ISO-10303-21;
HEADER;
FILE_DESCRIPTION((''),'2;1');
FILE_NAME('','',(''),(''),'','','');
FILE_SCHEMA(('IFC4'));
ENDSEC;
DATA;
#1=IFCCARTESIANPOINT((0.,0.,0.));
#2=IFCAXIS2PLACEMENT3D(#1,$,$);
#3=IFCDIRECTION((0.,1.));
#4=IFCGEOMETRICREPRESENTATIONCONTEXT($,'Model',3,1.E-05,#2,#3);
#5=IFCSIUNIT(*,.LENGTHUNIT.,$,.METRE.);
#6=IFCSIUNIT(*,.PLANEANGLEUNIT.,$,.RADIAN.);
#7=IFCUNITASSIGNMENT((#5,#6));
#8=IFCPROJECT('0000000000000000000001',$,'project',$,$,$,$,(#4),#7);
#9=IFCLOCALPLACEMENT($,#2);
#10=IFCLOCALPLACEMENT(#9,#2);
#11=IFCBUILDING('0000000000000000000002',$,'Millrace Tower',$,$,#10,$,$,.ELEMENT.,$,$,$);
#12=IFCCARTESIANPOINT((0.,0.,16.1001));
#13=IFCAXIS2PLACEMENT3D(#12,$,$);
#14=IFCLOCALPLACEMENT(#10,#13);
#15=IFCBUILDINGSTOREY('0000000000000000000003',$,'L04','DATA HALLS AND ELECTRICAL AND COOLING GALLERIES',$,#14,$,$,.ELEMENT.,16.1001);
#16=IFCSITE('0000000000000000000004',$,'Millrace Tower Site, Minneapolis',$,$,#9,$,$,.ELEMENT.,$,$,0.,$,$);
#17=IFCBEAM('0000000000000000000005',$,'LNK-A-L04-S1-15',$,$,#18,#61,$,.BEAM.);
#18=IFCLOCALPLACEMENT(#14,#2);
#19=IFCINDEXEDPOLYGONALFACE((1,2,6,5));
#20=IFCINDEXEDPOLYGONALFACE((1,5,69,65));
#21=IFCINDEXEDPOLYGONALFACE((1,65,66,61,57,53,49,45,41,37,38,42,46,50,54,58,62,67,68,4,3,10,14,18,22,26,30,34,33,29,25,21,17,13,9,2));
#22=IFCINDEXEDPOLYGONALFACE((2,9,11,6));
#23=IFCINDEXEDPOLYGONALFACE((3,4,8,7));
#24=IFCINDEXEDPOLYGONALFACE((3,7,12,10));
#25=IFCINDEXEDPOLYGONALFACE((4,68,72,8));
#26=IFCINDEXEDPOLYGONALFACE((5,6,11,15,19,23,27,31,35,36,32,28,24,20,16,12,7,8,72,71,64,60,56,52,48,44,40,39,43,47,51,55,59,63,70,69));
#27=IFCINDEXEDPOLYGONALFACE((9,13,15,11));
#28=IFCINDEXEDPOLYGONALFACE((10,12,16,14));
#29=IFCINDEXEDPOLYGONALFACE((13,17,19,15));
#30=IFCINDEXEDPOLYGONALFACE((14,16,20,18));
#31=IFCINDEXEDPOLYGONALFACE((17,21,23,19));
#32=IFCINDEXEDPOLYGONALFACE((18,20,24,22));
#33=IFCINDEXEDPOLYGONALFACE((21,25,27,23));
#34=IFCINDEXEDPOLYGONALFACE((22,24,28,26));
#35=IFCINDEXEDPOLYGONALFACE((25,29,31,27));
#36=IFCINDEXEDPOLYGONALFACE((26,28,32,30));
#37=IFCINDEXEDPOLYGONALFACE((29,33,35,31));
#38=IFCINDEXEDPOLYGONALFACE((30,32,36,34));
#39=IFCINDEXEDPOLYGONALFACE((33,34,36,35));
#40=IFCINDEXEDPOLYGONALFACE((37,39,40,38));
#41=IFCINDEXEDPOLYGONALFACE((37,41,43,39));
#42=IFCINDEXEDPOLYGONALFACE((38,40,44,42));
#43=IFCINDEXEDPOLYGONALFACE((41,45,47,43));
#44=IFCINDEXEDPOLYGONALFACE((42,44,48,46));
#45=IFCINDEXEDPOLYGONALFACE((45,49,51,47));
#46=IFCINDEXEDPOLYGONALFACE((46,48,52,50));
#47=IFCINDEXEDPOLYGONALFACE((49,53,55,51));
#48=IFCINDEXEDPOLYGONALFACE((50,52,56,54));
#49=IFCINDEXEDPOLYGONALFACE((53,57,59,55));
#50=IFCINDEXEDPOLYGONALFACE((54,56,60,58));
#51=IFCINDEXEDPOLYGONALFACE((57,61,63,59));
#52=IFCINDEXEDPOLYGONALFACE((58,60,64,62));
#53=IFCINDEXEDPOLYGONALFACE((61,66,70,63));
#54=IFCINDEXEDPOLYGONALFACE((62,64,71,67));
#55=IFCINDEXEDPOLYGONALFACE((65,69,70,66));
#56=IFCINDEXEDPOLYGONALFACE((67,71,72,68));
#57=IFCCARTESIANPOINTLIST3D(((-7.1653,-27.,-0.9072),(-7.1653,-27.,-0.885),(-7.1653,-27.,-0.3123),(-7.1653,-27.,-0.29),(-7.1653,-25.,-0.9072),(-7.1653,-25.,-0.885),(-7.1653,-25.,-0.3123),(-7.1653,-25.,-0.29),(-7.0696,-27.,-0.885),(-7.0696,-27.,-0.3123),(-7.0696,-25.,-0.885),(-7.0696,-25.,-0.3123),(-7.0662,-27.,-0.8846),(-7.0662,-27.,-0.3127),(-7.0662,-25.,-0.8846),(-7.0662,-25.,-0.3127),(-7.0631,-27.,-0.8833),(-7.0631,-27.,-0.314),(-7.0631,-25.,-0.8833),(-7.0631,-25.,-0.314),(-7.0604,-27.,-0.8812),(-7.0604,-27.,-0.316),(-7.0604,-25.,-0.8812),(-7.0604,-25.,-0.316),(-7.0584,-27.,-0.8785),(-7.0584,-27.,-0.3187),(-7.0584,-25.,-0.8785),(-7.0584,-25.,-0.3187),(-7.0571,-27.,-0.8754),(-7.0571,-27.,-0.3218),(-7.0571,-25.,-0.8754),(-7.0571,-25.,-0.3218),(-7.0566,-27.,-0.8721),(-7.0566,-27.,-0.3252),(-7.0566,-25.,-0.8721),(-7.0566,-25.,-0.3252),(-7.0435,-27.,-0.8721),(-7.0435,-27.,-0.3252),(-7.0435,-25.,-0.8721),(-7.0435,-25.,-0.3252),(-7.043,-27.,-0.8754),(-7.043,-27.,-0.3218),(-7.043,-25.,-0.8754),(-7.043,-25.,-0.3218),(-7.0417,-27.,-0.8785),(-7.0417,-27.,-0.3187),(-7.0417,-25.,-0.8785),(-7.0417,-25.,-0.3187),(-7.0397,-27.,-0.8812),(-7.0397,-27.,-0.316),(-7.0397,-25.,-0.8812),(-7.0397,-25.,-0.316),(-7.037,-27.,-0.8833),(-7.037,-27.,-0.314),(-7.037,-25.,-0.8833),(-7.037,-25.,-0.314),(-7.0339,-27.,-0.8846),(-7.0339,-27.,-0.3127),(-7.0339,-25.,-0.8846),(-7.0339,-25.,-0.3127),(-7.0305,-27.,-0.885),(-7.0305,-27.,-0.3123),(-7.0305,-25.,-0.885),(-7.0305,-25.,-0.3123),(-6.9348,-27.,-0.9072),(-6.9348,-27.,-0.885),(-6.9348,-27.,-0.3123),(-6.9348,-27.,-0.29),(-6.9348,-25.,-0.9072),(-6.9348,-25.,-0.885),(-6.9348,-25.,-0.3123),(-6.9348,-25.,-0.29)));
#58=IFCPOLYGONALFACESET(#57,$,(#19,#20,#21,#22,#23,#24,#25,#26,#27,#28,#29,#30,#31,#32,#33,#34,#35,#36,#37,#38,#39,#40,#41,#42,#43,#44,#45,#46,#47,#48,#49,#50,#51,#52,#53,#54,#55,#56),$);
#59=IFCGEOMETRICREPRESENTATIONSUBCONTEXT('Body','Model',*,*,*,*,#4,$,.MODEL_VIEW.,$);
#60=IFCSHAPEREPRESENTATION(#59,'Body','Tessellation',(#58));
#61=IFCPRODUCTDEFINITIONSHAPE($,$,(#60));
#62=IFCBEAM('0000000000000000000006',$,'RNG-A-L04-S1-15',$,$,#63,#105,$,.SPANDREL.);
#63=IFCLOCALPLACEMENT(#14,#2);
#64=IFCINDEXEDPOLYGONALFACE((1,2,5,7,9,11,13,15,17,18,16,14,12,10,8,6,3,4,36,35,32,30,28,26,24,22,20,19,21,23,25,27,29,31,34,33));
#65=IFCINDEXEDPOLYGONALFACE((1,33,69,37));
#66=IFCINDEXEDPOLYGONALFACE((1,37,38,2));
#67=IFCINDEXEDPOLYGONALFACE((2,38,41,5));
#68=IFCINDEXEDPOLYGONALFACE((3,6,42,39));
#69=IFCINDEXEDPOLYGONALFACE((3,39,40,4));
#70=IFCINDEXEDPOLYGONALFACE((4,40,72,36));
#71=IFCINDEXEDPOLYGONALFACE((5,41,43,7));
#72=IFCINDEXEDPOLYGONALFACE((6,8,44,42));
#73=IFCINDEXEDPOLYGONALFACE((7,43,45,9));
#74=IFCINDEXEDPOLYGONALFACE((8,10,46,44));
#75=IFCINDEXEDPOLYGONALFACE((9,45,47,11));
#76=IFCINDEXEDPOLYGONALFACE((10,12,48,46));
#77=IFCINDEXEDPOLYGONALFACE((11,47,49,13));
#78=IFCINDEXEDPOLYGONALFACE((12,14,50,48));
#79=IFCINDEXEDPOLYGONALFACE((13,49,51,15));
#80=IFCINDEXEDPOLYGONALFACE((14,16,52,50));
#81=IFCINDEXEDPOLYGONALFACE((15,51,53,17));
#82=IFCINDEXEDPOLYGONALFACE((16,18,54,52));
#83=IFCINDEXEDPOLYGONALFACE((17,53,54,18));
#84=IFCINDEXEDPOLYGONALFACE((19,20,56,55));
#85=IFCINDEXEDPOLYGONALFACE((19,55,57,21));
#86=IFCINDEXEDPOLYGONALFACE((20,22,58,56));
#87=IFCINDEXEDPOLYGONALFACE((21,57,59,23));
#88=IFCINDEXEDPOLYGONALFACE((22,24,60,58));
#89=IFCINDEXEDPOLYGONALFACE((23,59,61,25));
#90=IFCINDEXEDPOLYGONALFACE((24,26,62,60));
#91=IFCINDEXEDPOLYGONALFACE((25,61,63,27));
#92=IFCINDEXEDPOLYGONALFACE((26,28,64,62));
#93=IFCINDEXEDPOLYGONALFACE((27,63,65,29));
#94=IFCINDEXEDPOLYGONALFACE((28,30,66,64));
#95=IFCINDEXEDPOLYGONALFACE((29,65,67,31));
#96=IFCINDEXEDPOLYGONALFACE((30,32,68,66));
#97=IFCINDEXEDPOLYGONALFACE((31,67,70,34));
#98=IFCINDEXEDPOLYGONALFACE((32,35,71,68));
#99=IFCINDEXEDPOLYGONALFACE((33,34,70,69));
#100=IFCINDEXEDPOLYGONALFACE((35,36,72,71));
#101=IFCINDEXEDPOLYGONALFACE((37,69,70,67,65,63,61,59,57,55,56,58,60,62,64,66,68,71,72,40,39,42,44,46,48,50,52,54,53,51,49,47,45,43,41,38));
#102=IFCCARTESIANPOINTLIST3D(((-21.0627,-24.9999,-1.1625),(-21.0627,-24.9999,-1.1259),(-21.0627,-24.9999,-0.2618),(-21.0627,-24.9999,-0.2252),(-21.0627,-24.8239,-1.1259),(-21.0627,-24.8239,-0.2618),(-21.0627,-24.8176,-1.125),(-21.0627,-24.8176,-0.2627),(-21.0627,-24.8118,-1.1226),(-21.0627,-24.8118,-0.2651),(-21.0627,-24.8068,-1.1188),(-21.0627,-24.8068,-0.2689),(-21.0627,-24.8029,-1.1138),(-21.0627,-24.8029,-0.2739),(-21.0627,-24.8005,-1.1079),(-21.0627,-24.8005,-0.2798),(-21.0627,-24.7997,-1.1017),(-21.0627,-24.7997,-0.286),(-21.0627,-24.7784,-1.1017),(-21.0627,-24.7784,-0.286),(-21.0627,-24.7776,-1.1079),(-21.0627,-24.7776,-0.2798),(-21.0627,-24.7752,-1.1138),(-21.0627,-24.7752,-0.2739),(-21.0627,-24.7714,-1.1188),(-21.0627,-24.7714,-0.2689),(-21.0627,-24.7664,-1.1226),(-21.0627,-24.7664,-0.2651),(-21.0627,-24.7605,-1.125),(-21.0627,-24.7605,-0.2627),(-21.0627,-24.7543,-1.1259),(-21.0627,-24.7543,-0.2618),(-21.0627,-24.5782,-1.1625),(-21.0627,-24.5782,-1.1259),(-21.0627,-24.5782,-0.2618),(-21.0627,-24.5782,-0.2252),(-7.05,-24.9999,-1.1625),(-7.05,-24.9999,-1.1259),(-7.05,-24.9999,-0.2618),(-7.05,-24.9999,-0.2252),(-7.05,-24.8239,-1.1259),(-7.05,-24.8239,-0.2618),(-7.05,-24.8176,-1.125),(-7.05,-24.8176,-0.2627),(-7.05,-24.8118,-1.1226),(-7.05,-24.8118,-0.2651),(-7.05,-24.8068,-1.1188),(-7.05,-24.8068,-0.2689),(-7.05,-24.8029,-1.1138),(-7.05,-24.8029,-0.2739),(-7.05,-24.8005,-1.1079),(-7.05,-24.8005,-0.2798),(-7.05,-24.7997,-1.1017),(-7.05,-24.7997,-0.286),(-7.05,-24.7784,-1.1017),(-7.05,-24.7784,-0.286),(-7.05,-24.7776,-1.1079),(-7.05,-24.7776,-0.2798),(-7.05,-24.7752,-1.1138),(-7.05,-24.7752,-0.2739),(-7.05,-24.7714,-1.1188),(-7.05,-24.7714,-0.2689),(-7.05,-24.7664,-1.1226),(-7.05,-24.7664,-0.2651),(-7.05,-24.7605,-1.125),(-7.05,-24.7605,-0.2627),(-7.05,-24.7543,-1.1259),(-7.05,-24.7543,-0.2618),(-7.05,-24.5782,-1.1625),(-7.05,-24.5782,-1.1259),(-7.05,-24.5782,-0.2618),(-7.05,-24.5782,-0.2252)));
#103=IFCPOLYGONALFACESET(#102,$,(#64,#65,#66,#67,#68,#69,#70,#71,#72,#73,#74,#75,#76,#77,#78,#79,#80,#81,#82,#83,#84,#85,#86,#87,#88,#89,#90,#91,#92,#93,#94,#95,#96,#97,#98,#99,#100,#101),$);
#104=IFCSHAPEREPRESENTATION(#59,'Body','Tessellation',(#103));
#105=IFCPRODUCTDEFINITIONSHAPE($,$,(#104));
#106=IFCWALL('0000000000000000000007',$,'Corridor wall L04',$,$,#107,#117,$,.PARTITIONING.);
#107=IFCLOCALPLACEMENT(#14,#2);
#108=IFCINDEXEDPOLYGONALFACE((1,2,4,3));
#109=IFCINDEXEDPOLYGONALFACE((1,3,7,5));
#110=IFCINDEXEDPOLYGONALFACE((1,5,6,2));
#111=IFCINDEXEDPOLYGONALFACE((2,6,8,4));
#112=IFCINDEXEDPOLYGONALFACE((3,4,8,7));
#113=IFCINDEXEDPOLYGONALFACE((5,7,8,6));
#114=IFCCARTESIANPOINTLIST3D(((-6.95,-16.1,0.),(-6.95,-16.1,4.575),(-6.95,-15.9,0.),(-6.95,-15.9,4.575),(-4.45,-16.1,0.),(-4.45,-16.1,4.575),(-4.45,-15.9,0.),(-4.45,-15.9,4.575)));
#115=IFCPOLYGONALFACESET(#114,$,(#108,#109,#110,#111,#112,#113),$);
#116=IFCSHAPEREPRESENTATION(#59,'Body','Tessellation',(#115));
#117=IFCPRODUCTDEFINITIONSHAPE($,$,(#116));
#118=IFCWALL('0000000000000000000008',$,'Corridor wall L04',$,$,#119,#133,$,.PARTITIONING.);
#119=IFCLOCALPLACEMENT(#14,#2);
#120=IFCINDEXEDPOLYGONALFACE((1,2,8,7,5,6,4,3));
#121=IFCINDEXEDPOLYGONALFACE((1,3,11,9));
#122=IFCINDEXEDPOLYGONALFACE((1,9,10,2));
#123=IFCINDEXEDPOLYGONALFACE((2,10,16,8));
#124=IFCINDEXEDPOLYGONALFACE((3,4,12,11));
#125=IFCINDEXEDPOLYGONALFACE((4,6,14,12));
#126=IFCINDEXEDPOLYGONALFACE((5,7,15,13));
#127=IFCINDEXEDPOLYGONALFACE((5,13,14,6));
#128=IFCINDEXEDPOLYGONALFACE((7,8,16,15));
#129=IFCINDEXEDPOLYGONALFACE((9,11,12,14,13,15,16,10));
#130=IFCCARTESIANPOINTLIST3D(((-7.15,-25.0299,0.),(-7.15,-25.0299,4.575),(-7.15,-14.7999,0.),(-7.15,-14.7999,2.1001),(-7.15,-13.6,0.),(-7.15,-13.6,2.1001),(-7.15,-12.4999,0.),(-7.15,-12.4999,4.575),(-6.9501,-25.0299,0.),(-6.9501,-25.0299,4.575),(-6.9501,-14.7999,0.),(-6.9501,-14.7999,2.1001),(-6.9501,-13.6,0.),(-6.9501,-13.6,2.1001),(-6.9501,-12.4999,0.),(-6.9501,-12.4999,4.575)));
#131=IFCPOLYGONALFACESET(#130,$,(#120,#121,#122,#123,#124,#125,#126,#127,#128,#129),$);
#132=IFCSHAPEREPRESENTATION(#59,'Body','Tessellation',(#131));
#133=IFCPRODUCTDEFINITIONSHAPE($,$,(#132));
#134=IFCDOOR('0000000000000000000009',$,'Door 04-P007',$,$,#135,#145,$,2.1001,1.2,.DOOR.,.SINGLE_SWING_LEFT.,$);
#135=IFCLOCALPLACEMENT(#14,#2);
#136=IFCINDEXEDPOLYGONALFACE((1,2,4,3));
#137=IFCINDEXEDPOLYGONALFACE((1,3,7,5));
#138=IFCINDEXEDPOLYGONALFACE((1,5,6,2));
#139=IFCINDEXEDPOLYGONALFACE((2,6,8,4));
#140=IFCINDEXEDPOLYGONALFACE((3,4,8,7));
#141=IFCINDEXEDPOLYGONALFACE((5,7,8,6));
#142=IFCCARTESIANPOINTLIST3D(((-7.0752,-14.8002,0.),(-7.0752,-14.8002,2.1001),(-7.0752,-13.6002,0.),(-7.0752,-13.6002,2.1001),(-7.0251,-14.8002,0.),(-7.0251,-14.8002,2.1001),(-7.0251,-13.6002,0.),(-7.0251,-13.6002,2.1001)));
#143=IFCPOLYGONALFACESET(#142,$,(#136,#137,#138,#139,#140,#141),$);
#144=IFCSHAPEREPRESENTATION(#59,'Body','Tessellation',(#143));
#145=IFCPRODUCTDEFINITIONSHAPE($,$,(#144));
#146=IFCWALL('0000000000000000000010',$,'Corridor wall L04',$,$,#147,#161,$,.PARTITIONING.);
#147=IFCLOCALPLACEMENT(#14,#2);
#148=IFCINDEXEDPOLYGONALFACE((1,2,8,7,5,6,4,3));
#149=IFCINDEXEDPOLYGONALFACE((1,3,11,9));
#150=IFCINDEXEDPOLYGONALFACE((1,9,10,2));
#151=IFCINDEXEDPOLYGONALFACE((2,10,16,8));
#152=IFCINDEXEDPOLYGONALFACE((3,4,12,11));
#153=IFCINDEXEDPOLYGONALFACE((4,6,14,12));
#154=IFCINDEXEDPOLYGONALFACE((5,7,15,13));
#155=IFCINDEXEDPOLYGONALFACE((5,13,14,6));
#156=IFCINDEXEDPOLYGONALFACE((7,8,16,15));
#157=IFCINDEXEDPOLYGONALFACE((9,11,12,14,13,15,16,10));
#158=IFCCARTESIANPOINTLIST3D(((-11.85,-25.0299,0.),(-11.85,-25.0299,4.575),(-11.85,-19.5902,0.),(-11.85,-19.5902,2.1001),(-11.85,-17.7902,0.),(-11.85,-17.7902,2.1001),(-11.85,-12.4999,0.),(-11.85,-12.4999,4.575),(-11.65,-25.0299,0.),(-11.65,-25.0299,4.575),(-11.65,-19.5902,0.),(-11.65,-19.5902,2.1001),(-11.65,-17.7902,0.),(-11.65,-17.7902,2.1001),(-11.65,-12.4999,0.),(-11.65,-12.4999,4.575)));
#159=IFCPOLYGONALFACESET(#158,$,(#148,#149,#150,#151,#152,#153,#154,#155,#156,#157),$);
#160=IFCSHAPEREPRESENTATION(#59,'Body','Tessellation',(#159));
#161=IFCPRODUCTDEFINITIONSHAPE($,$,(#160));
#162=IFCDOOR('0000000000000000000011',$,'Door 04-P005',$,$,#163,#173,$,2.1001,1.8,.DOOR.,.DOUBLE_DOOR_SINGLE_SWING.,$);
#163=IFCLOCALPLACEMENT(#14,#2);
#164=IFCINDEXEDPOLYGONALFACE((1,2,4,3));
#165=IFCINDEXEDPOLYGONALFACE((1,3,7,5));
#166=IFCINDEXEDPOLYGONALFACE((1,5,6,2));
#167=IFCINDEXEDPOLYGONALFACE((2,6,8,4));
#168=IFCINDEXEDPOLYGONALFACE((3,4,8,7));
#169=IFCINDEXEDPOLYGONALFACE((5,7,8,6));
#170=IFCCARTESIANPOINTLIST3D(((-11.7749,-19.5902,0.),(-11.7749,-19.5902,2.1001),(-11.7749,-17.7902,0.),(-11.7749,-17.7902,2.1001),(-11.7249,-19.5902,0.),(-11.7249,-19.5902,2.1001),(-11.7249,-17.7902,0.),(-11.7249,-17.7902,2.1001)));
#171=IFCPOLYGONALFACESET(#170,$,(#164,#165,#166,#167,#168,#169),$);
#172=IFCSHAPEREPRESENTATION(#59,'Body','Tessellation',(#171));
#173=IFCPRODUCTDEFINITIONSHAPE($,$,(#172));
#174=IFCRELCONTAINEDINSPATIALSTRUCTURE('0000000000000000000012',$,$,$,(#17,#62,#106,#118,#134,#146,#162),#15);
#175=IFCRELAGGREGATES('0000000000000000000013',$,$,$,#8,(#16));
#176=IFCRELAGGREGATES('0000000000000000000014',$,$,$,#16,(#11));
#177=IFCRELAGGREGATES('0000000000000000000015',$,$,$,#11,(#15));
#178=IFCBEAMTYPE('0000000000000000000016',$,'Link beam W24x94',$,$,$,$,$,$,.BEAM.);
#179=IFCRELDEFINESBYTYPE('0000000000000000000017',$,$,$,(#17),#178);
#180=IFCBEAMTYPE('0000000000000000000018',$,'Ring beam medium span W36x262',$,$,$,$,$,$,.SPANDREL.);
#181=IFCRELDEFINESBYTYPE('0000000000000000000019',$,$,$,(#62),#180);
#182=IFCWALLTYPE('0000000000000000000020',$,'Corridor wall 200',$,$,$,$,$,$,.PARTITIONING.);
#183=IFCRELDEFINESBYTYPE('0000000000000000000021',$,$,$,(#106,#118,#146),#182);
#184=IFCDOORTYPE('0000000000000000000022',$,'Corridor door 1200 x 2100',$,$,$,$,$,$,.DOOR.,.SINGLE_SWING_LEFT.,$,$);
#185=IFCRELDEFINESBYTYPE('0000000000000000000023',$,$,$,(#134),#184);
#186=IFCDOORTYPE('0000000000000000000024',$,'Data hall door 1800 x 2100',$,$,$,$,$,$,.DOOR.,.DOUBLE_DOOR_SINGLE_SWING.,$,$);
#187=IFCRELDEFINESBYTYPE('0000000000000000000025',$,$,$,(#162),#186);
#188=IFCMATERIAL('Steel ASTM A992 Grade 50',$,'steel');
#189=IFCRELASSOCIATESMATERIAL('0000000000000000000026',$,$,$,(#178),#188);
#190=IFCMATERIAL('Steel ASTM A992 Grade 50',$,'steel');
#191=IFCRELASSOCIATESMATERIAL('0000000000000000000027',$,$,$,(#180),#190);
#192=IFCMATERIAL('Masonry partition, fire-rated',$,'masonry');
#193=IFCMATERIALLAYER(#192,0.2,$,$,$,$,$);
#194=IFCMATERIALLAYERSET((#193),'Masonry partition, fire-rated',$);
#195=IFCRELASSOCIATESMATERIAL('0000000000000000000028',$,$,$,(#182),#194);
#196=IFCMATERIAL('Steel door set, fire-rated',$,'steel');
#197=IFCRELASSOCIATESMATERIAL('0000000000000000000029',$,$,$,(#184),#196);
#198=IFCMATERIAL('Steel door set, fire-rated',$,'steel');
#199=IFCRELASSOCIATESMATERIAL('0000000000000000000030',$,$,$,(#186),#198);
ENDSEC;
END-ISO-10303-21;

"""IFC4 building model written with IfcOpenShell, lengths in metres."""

from ifc_helpers import new_model, si_unit, direction, frame, frame_2d, origin, origin_2d, place, context, subcontext, project, spatial, rectangle, i_section, extrude, material, layer, layer_set, material_profile, profile_set, type_object, element, fill, save


model = new_model("IFC4")

# Units and contexts
model_context = context("Model", 3, precision=1e-05, world=origin(), true_north=direction((0.0, 1.0)))
body_context = subcontext(model_context, "Body", "Model", "MODEL_VIEW")
ifc_project = project(units=[si_unit("LENGTHUNIT", "METRE"), si_unit("PLANEANGLEUNIT", "RADIAN")], contexts=[model_context])

# Site, building, storey
site_placement = place(None, origin())
site = spatial("IfcSite", under=ifc_project, at=site_placement, Name="Millrace Tower Site, Minneapolis", CompositionType="ELEMENT", RefElevation=0.0)
building_placement = place(site_placement, origin())
building = spatial("IfcBuilding", under=site, at=building_placement, Name="Millrace Tower", CompositionType="ELEMENT")
storey_placement = place(building_placement, frame((0.0, 0.0, 16.1001)))
storey = spatial("IfcBuildingStorey", under=building, at=storey_placement, Name="L04", Description="DATA HALLS AND ELECTRICAL AND COOLING GALLERIES", CompositionType="ELEMENT", Elevation=16.1001)

# Beams
ifc_material_1 = material(Name="Steel ASTM A992 Grade 50", Category="steel")
ifc_material_profile_1 = material_profile(ifc_material_1, i_section(OverallWidth=0.2305, OverallDepth=0.6172, WebThickness=0.0132, FlangeThickness=0.0222, FilletRadius=0.0129, at=origin_2d()))
ifc_profile_set_1 = profile_set([ifc_material_profile_1], Name="Steel ASTM A992 Grade 50")
beam_type_1 = type_object("IfcBeamType", Name="Link beam W24x94", PredefinedType="BEAM", material=ifc_profile_set_1)
beam_1_placement = place(storey_placement, frame((-7.05, -25.0, -0.5986), z_axis=(0.0, -1.0, 0.0), x_axis=(1.0, 0.0, 0.0)))
element("IfcBeam", 1, at=beam_1_placement, inside=storey, type_object=beam_type_1, Name="LNK-A-L04-S1-15", PredefinedType="BEAM", context=body_context, shape_type="SweptSolid", body=[
    extrude(i_section(OverallWidth=0.2305, OverallDepth=0.6172, WebThickness=0.0132, FlangeThickness=0.0222, FilletRadius=0.0129, at=origin_2d()), origin(), (0.0, 0.0, 1.0), 2.0),
])
ifc_material_2 = material(Name="Steel ASTM A992 Grade 50", Category="steel")
ifc_material_profile_2 = material_profile(ifc_material_2, i_section(OverallWidth=0.4216, OverallDepth=0.9373, WebThickness=0.0212, FlangeThickness=0.0366, FilletRadius=0.0242, at=origin_2d()))
ifc_profile_set_2 = profile_set([ifc_material_profile_2], Name="Steel ASTM A992 Grade 50")
beam_type_2 = type_object("IfcBeamType", Name="Ring beam medium span W36x262", PredefinedType="SPANDREL", material=ifc_profile_set_2)
beam_2_placement = place(storey_placement, frame((-7.05, -24.7891, -0.6938), z_axis=(-1.0, 0.0, 0.0), x_axis=(0.0, -1.0, 0.0)))
element("IfcBeam", 2, at=beam_2_placement, inside=storey, type_object=beam_type_2, Name="RNG-A-L04-S1-15", PredefinedType="SPANDREL", context=body_context, shape_type="SweptSolid", body=[
    extrude(i_section(OverallWidth=0.4216, OverallDepth=0.9373, WebThickness=0.0212, FlangeThickness=0.0366, FilletRadius=0.0242, at=origin_2d()), origin(), (0.0, 0.0, 1.0), 14.0127),
])

# Wall
ifc_material_3 = material(Name="Masonry partition, fire-rated", Category="masonry")
ifc_layer_1 = layer(ifc_material_3, 0.2)
ifc_layer_set_1 = layer_set([ifc_layer_1], Name="Masonry partition, fire-rated")
wall_type_1 = type_object("IfcWallType", Name="Corridor wall 200", PredefinedType="PARTITIONING", material=ifc_layer_set_1)
wall_1_placement = place(storey_placement, frame((-6.95, -16.0, 0.0), z_axis=(0.0, 0.0, 1.0), x_axis=(1.0, 0.0, 0.0)))
element("IfcWall", 3, at=wall_1_placement, inside=storey, type_object=wall_type_1, Name="Corridor wall L04", PredefinedType="PARTITIONING", context=body_context, shape_type="SweptSolid", body=[
    extrude(rectangle(XDim=2.5, YDim=0.2, at=frame_2d((1.25, 0.0))), origin(), (0.0, 0.0, 1.0), 4.575),
])

# Walls, openings, doors
wall_2_placement = place(storey_placement, frame((-7.05, -25.03, 0.0), z_axis=(0.0, 0.0, 1.0), x_axis=(0.0, 1.0, 0.0)))
wall_2 = element("IfcWall", 4, at=wall_2_placement, inside=storey, type_object=wall_type_1, Name="Corridor wall L04", PredefinedType="PARTITIONING", context=body_context, shape_type="SweptSolid", body=[
    extrude(rectangle(XDim=12.53, YDim=0.2, at=frame_2d((6.2651, 0.0))), origin(), (0.0, 0.0, 1.0), 4.575),
])
opening_1_placement = place(wall_2_placement, frame((10.23, 0.0, 0.0)))
opening_1 = element("IfcOpeningElement", 5, at=opening_1_placement, cuts=wall_2, PredefinedType="OPENING", context=body_context, shape_type="SweptSolid", body=[
    extrude(rectangle(XDim=1.2, YDim=2.1001, at=frame_2d((0.6001, 1.05))), frame((0.0, 0.1099, 0.0), z_axis=(0.0, -1.0, 0.0), x_axis=(1.0, 0.0, 0.0)), (0.0, 0.0, 1.0), 0.22),
])
ifc_material_4 = material(Name="Steel door set, fire-rated", Category="steel")
door_type_1 = type_object("IfcDoorType", Name="Corridor door 1200 x 2100", OperationType="SINGLE_SWING_LEFT", PredefinedType="DOOR", material=ifc_material_4)
door_1_placement = place(opening_1_placement, frame((1.2, 0.0, 0.0), z_axis=(0.0, 0.0, 1.0), x_axis=(-1.0, 0.0, 0.0)))
door_1 = element("IfcDoor", 6, at=door_1_placement, inside=storey, type_object=door_type_1, Name="Door 04-P007", OperationType="SINGLE_SWING_LEFT", OverallHeight=2.1001, OverallWidth=1.2, PredefinedType="DOOR", context=body_context, shape_type="SweptSolid", body=[
    extrude(rectangle(XDim=1.2, YDim=2.1001, at=frame_2d((0.6001, 1.05))), frame((0.0, 0.0249, 0.0), z_axis=(0.0, -1.0, 0.0), x_axis=(1.0, 0.0, 0.0)), (0.0, 0.0, 1.0), 0.05),
])
fill(opening_1, door_1)
wall_3_placement = place(storey_placement, frame((-11.75, -25.03, 0.0), z_axis=(0.0, 0.0, 1.0), x_axis=(0.0, 1.0, 0.0)))
wall_3 = element("IfcWall", 7, at=wall_3_placement, inside=storey, type_object=wall_type_1, Name="Corridor wall L04", PredefinedType="PARTITIONING", context=body_context, shape_type="SweptSolid", body=[
    extrude(rectangle(XDim=12.53, YDim=0.2, at=frame_2d((6.2651, 0.0))), origin(), (0.0, 0.0, 1.0), 4.575),
])
opening_2_placement = place(wall_3_placement, frame((5.4399, 0.0, 0.0)))
opening_2 = element("IfcOpeningElement", 8, at=opening_2_placement, cuts=wall_3, PredefinedType="OPENING", context=body_context, shape_type="SweptSolid", body=[
    extrude(rectangle(XDim=1.8, YDim=2.1001, at=frame_2d((0.8999, 1.05))), frame((0.0, 0.1099, 0.0), z_axis=(0.0, -1.0, 0.0), x_axis=(1.0, 0.0, 0.0)), (0.0, 0.0, 1.0), 0.22),
])
ifc_material_5 = material(Name="Steel door set, fire-rated", Category="steel")
door_type_2 = type_object("IfcDoorType", Name="Data hall door 1800 x 2100", OperationType="DOUBLE_DOOR_SINGLE_SWING", PredefinedType="DOOR", material=ifc_material_5)
door_2_placement = place(opening_2_placement, origin())
door_2 = element("IfcDoor", 9, at=door_2_placement, inside=storey, type_object=door_type_2, Name="Door 04-P005", OperationType="DOUBLE_DOOR_SINGLE_SWING", OverallHeight=2.1001, OverallWidth=1.8, PredefinedType="DOOR", context=body_context, shape_type="SweptSolid", body=[
    extrude(rectangle(XDim=1.8, YDim=2.1001, at=frame_2d((0.8999, 1.05))), frame((0.0, 0.0249, 0.0), z_axis=(0.0, -1.0, 0.0), x_axis=(1.0, 0.0, 0.0)), (0.0, 0.0, 1.0), 0.05),
])
fill(opening_2, door_2)

save(model, "model.ifc")
